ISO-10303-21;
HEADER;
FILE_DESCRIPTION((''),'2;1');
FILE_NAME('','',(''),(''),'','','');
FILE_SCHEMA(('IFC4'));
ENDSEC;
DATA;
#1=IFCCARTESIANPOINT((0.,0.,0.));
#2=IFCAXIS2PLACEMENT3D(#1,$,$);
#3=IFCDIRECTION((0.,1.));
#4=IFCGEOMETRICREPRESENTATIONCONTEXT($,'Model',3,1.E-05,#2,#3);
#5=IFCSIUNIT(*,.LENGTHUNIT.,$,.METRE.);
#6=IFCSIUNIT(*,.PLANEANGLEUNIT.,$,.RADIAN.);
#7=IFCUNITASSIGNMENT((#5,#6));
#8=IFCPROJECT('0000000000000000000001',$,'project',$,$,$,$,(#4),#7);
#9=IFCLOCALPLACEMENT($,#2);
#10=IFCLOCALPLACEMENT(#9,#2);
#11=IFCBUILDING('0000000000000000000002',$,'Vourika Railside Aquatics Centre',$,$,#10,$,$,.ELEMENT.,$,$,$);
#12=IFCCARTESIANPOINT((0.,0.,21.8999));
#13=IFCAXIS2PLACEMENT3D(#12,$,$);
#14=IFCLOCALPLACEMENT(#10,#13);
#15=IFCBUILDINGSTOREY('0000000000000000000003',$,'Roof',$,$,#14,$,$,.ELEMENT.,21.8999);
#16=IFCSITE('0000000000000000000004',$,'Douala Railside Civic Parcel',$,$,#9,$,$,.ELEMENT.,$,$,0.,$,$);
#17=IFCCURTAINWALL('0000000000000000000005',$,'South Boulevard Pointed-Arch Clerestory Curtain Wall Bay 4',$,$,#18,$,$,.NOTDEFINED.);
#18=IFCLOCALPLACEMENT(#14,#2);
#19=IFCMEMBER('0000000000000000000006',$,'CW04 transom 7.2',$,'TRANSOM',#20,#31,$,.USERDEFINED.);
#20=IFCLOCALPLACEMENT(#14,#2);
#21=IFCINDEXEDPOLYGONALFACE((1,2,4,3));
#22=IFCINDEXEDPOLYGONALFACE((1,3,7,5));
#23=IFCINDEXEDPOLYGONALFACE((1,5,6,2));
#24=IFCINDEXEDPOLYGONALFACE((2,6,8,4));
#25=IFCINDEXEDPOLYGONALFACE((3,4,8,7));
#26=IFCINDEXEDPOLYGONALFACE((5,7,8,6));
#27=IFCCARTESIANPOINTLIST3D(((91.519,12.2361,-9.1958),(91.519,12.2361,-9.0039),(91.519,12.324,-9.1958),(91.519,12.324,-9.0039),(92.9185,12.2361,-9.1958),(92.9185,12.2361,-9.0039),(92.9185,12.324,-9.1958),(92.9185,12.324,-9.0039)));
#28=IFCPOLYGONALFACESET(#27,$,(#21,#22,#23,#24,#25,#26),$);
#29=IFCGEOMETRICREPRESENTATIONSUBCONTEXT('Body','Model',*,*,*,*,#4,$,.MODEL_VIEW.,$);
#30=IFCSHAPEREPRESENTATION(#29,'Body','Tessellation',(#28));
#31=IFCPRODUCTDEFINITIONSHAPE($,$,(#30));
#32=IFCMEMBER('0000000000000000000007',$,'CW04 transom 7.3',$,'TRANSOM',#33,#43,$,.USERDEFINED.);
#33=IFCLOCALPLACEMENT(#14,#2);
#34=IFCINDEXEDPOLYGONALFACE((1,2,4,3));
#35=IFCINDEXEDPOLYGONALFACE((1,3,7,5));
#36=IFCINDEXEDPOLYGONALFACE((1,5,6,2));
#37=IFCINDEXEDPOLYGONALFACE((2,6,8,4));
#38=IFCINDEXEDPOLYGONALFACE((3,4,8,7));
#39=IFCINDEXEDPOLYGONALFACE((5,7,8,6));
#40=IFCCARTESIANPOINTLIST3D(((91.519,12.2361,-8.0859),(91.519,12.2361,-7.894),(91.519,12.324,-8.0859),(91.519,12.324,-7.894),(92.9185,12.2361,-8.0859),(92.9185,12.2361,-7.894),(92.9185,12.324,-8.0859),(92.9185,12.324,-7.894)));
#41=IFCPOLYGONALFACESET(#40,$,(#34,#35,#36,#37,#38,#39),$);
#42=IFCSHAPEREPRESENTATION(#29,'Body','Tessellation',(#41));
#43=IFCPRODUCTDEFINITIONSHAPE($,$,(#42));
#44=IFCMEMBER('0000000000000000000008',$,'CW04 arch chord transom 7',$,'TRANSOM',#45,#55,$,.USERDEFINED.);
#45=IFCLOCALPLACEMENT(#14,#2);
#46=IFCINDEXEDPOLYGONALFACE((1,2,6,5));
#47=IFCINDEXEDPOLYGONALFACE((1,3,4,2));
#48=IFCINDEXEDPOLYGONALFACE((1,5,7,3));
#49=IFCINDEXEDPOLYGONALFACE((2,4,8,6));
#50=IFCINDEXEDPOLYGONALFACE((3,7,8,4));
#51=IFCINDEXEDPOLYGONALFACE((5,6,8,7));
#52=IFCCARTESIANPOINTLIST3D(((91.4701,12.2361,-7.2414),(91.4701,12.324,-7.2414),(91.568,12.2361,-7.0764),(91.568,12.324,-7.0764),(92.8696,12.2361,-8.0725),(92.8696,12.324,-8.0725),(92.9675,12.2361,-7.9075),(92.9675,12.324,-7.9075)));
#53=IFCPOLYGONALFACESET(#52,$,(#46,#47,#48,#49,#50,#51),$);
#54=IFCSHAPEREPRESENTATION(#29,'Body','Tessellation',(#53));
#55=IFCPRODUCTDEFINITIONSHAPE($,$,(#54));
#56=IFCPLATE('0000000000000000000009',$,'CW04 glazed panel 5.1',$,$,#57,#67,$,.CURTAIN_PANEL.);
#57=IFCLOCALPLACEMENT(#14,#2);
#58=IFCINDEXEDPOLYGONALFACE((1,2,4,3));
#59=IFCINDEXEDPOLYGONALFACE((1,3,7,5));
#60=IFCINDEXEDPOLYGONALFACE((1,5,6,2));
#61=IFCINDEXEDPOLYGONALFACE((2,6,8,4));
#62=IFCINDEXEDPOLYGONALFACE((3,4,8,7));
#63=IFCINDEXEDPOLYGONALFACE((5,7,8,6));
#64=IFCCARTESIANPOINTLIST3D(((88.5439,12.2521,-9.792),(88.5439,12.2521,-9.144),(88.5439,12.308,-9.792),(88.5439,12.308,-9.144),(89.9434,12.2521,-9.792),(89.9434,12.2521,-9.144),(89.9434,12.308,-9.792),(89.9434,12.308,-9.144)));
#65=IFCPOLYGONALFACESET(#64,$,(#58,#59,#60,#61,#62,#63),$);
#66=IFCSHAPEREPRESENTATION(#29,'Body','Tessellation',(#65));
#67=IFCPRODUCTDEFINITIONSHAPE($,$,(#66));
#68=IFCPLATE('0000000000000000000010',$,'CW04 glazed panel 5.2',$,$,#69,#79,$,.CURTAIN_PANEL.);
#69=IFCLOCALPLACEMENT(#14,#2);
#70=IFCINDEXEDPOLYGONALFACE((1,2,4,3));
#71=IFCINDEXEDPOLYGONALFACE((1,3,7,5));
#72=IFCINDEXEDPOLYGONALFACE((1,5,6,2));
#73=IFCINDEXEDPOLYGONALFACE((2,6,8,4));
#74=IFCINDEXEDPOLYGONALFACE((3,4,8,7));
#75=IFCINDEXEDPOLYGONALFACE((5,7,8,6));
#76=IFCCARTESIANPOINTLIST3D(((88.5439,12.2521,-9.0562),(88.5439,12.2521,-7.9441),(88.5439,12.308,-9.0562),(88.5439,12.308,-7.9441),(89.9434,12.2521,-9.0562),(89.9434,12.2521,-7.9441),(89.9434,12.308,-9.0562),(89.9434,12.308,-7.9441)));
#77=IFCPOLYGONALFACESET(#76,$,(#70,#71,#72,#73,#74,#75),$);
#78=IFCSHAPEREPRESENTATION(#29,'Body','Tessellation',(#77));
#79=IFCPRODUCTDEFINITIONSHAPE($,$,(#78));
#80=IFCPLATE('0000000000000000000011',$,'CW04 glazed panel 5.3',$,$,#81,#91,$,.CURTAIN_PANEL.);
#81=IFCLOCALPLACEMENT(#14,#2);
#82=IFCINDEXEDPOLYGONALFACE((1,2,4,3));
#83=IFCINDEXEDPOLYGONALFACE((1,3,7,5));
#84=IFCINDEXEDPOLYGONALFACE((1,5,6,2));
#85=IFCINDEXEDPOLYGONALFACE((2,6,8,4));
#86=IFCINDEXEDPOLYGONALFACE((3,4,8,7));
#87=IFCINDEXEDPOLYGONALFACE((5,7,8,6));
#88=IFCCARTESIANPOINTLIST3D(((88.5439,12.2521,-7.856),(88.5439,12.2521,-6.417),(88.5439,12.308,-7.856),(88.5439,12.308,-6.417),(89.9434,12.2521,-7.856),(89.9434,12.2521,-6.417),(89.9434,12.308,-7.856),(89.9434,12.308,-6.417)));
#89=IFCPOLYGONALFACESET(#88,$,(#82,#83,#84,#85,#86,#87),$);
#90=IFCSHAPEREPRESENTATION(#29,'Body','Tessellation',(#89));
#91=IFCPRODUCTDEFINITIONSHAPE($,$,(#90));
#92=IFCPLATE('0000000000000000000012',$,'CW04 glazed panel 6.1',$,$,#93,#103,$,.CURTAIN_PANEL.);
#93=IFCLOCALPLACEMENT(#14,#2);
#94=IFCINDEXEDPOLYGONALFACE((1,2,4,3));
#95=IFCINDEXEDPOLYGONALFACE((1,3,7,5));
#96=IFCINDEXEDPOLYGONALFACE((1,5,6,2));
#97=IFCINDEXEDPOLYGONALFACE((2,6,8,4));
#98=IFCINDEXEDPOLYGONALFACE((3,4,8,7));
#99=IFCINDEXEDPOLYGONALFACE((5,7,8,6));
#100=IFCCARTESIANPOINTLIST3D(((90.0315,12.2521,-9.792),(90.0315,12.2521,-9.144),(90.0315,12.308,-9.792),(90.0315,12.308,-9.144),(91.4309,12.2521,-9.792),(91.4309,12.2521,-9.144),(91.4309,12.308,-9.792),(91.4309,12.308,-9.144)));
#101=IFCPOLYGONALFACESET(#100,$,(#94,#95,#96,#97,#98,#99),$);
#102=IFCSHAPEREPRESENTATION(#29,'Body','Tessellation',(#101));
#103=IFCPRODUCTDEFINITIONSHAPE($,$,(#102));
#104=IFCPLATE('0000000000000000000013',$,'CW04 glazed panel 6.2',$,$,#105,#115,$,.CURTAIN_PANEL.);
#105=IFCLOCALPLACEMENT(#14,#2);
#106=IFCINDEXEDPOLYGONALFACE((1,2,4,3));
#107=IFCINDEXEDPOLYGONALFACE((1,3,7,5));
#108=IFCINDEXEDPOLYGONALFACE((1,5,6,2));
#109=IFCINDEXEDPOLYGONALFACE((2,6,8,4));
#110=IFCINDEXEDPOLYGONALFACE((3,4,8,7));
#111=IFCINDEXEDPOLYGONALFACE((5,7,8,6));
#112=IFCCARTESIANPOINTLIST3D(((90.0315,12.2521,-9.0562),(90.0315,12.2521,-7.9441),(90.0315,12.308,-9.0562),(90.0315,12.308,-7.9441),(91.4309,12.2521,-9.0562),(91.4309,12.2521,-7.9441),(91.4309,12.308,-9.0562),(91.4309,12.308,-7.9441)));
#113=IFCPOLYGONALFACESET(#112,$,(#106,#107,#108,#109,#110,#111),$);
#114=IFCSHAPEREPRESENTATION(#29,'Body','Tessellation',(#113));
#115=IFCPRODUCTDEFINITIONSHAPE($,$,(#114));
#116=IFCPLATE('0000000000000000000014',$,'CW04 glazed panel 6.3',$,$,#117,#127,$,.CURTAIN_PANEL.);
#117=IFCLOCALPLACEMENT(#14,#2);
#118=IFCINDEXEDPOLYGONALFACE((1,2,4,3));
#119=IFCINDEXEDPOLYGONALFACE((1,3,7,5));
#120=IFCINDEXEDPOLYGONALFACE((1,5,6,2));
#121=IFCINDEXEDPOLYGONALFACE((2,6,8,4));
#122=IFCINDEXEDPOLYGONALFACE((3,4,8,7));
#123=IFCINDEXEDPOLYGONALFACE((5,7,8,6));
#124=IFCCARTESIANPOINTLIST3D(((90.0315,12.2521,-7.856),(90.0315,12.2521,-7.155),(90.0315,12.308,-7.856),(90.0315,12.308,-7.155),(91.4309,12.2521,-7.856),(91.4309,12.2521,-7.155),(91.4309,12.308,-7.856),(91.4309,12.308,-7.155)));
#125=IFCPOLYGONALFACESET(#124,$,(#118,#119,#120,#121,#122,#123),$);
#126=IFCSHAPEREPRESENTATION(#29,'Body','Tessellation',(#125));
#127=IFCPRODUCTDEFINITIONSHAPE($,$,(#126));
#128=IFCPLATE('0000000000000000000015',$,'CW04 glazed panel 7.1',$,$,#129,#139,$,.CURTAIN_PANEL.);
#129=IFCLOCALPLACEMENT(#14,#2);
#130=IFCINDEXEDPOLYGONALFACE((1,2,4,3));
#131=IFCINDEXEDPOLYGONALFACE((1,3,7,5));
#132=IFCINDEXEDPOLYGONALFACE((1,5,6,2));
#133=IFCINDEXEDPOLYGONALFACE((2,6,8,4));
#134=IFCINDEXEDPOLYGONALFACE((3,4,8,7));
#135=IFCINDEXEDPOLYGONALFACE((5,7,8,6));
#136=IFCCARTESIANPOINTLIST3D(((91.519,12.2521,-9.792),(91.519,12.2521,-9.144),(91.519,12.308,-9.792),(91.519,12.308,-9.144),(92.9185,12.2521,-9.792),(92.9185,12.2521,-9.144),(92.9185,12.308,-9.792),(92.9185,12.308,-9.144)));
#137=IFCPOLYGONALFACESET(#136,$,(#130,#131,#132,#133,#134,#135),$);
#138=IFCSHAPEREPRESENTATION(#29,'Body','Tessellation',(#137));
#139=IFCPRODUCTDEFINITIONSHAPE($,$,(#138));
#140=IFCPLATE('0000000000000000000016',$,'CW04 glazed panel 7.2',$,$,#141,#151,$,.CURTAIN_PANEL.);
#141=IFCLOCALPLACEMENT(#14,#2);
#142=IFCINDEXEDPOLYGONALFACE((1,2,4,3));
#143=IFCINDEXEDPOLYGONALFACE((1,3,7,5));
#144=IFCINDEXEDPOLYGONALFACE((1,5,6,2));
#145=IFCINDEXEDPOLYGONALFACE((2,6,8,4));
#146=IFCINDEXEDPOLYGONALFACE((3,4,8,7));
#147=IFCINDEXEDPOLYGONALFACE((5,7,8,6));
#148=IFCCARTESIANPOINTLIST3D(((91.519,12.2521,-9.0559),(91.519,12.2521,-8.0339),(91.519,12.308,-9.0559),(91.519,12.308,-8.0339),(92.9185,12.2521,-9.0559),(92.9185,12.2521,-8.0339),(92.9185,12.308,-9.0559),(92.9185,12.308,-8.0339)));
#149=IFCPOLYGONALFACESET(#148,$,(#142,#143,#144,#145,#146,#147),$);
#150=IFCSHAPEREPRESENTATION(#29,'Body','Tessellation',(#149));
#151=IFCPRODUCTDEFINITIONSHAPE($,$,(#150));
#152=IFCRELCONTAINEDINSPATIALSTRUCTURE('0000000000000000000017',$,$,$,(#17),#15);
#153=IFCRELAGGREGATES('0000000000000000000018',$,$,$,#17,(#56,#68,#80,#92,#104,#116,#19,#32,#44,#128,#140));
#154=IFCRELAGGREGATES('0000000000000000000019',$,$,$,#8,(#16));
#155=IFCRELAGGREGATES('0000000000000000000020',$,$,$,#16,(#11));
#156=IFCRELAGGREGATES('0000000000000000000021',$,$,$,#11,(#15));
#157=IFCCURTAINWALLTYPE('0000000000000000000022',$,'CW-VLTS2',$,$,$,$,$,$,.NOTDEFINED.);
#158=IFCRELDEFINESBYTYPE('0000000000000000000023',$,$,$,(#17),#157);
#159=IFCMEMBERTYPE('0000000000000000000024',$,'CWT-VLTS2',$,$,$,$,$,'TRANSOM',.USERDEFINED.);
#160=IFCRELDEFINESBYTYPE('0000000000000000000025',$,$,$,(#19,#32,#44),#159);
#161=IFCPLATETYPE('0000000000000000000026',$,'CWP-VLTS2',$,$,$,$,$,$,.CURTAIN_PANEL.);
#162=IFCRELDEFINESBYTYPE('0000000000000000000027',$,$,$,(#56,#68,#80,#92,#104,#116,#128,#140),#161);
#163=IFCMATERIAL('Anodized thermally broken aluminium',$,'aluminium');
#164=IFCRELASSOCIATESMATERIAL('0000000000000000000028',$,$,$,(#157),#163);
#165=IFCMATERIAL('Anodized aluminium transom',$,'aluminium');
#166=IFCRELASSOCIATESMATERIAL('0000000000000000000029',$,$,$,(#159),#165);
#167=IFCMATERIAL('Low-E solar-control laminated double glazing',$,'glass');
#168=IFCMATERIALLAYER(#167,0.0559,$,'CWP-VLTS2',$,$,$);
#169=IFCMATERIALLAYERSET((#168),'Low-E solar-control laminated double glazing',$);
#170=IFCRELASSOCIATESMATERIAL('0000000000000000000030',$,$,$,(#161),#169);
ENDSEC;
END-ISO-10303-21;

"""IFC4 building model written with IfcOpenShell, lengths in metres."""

from ifc_helpers import new_model, si_unit, direction, frame, origin, origin_2d, place, context, subcontext, project, spatial, rectangle, extrude, material, layer, layer_set, material_profile, profile_set, type_object, element, aggregate, save


model = new_model("IFC4")

# Units and contexts
model_context = context("Model", 3, precision=1e-05, world=origin(), true_north=direction((0.0, 1.0)))
body_context = subcontext(model_context, "Body", "Model", "MODEL_VIEW")
ifc_project = project(units=[si_unit("LENGTHUNIT", "METRE"), si_unit("PLANEANGLEUNIT", "RADIAN")], contexts=[model_context])

# Site, building, storey
site_placement = place(None, origin())
site = spatial("IfcSite", under=ifc_project, at=site_placement, Name="Douala Railside Civic Parcel", CompositionType="ELEMENT", RefElevation=0.0)
building_placement = place(site_placement, origin())
building = spatial("IfcBuilding", under=site, at=building_placement, Name="Vourika Railside Aquatics Centre", CompositionType="ELEMENT")
storey_placement = place(building_placement, frame((0.0, 0.0, 21.8999)))
storey = spatial("IfcBuildingStorey", under=building, at=storey_placement, Name="Roof", CompositionType="ELEMENT", Elevation=21.8999)

# Curtain wall, members, plates
ifc_material_1 = material(Name="Anodized thermally broken aluminium", Category="aluminium")
curtain_wall_type = type_object("IfcCurtainWallType", Name="CW-VLTS2", PredefinedType="NOTDEFINED", material=ifc_material_1)
curtain_wall_placement = place(storey_placement, origin())
curtain_wall = element("IfcCurtainWall", 1, at=curtain_wall_placement, inside=storey, type_object=curtain_wall_type, Name="South Boulevard Pointed-Arch Clerestory Curtain Wall Bay 4", PredefinedType="NOTDEFINED")
ifc_material_2 = material(Name="Anodized aluminium transom", Category="aluminium")
ifc_material_profile_1 = material_profile(ifc_material_2, rectangle(XDim=0.0879, YDim=0.1919, at=origin_2d()), Name="ALU-T 88x192")
ifc_profile_set_1 = profile_set([ifc_material_profile_1], Name="Anodized aluminium transom")
member_type_1 = type_object("IfcMemberType", Name="CWT-VLTS2", ElementType="TRANSOM", PredefinedType="USERDEFINED", material=ifc_profile_set_1)
member_1_placement = place(storey_placement, frame((91.519, 12.28, -9.0999), z_axis=(1.0, 0.0, 0.0), x_axis=(0.0, 1.0, 0.0)))
member_1 = element("IfcMember", 2, at=member_1_placement, type_object=member_type_1, Name="CW04 transom 7.2", ObjectType="TRANSOM", PredefinedType="USERDEFINED", context=body_context, shape_type="SweptSolid", body=[
    extrude(rectangle(XDim=0.0879, YDim=0.1919, at=origin_2d()), origin(), (0.0, 0.0, 1.0), 1.3994),
])
member_2_placement = place(storey_placement, frame((91.519, 12.28, -7.99), z_axis=(1.0, 0.0, 0.0), x_axis=(0.0, 1.0, 0.0)))
member_2 = element("IfcMember", 3, at=member_2_placement, type_object=member_type_1, Name="CW04 transom 7.3", ObjectType="TRANSOM", PredefinedType="USERDEFINED", context=body_context, shape_type="SweptSolid", body=[
    extrude(rectangle(XDim=0.0879, YDim=0.1919, at=origin_2d()), origin(), (0.0, 0.0, 1.0), 1.3994),
])
member_3_placement = place(storey_placement, frame((91.519, 12.28, -7.1589), z_axis=(0.859814, 0.0, -0.510608), x_axis=(0.0, 1.0, 0.0)))
member_3 = element("IfcMember", 4, at=member_3_placement, type_object=member_type_1, Name="CW04 arch chord transom 7", ObjectType="TRANSOM", PredefinedType="USERDEFINED", context=body_context, shape_type="SweptSolid", body=[
    extrude(rectangle(XDim=0.0879, YDim=0.1919, at=origin_2d()), origin(), (0.0, 0.0, 1.0), 1.6277),
])
ifc_material_3 = material(Name="Low-E solar-control laminated double glazing", Category="glass")
ifc_layer = layer(ifc_material_3, 0.0559, Name="CWP-VLTS2")
ifc_layer_set = layer_set([ifc_layer], Name="Low-E solar-control laminated double glazing")
plate_type = type_object("IfcPlateType", Name="CWP-VLTS2", PredefinedType="CURTAIN_PANEL", material=ifc_layer_set)
plate_1_placement = place(storey_placement, frame((89.2437, 12.28, -9.792), z_axis=(0.0, 0.0, 1.0), x_axis=(1.0, 0.0, 0.0)))
plate_1 = element("IfcPlate", 5, at=plate_1_placement, type_object=plate_type, Name="CW04 glazed panel 5.1", PredefinedType="CURTAIN_PANEL", context=body_context, shape_type="SweptSolid", body=[
    extrude(rectangle(XDim=1.3994, YDim=0.0559, at=origin_2d()), origin(), (0.0, 0.0, 1.0), 0.6479),
])
plate_2_placement = place(storey_placement, frame((89.2437, 12.28, -9.0562), z_axis=(0.0, 0.0, 1.0), x_axis=(1.0, 0.0, 0.0)))
plate_2 = element("IfcPlate", 6, at=plate_2_placement, type_object=plate_type, Name="CW04 glazed panel 5.2", PredefinedType="CURTAIN_PANEL", context=body_context, shape_type="SweptSolid", body=[
    extrude(rectangle(XDim=1.3994, YDim=0.0559, at=origin_2d()), origin(), (0.0, 0.0, 1.0), 1.1121),
])
plate_3_placement = place(storey_placement, frame((89.2437, 12.28, -7.856), z_axis=(0.0, 0.0, 1.0), x_axis=(1.0, 0.0, 0.0)))
plate_3 = element("IfcPlate", 7, at=plate_3_placement, type_object=plate_type, Name="CW04 glazed panel 5.3", PredefinedType="CURTAIN_PANEL", context=body_context, shape_type="SweptSolid", body=[
    extrude(rectangle(XDim=1.3994, YDim=0.0559, at=origin_2d()), origin(), (0.0, 0.0, 1.0), 1.439),
])
plate_4_placement = place(storey_placement, frame((90.7312, 12.28, -9.792), z_axis=(0.0, 0.0, 1.0), x_axis=(1.0, 0.0, 0.0)))
plate_4 = element("IfcPlate", 8, at=plate_4_placement, type_object=plate_type, Name="CW04 glazed panel 6.1", PredefinedType="CURTAIN_PANEL", context=body_context, shape_type="SweptSolid", body=[
    extrude(rectangle(XDim=1.3994, YDim=0.0559, at=origin_2d()), origin(), (0.0, 0.0, 1.0), 0.6479),
])
plate_5_placement = place(storey_placement, frame((90.7312, 12.28, -9.0562), z_axis=(0.0, 0.0, 1.0), x_axis=(1.0, 0.0, 0.0)))
plate_5 = element("IfcPlate", 9, at=plate_5_placement, type_object=plate_type, Name="CW04 glazed panel 6.2", PredefinedType="CURTAIN_PANEL", context=body_context, shape_type="SweptSolid", body=[
    extrude(rectangle(XDim=1.3994, YDim=0.0559, at=origin_2d()), origin(), (0.0, 0.0, 1.0), 1.1121),
])
plate_6_placement = place(storey_placement, frame((90.7312, 12.28, -7.856), z_axis=(0.0, 0.0, 1.0), x_axis=(1.0, 0.0, 0.0)))
plate_6 = element("IfcPlate", 10, at=plate_6_placement, type_object=plate_type, Name="CW04 glazed panel 6.3", PredefinedType="CURTAIN_PANEL", context=body_context, shape_type="SweptSolid", body=[
    extrude(rectangle(XDim=1.3994, YDim=0.0559, at=origin_2d()), origin(), (0.0, 0.0, 1.0), 0.7009),
])
plate_7_placement = place(storey_placement, frame((92.2188, 12.28, -9.792), z_axis=(0.0, 0.0, 1.0), x_axis=(1.0, 0.0, 0.0)))
plate_7 = element("IfcPlate", 11, at=plate_7_placement, type_object=plate_type, Name="CW04 glazed panel 7.1", PredefinedType="CURTAIN_PANEL", context=body_context, shape_type="SweptSolid", body=[
    extrude(rectangle(XDim=1.3994, YDim=0.0559, at=origin_2d()), origin(), (0.0, 0.0, 1.0), 0.6479),
])
plate_8_placement = place(storey_placement, frame((92.2188, 12.28, -9.0559), z_axis=(0.0, 0.0, 1.0), x_axis=(1.0, 0.0, 0.0)))
plate_8 = element("IfcPlate", 12, at=plate_8_placement, type_object=plate_type, Name="CW04 glazed panel 7.2", PredefinedType="CURTAIN_PANEL", context=body_context, shape_type="SweptSolid", body=[
    extrude(rectangle(XDim=1.3994, YDim=0.0559, at=origin_2d()), origin(), (0.0, 0.0, 1.0), 1.022),
])
aggregate(curtain_wall, [plate_1, plate_2, plate_3, plate_4, plate_5, plate_6, member_1, member_2, member_3, plate_7, plate_8])

save(model, "model.ifc")
